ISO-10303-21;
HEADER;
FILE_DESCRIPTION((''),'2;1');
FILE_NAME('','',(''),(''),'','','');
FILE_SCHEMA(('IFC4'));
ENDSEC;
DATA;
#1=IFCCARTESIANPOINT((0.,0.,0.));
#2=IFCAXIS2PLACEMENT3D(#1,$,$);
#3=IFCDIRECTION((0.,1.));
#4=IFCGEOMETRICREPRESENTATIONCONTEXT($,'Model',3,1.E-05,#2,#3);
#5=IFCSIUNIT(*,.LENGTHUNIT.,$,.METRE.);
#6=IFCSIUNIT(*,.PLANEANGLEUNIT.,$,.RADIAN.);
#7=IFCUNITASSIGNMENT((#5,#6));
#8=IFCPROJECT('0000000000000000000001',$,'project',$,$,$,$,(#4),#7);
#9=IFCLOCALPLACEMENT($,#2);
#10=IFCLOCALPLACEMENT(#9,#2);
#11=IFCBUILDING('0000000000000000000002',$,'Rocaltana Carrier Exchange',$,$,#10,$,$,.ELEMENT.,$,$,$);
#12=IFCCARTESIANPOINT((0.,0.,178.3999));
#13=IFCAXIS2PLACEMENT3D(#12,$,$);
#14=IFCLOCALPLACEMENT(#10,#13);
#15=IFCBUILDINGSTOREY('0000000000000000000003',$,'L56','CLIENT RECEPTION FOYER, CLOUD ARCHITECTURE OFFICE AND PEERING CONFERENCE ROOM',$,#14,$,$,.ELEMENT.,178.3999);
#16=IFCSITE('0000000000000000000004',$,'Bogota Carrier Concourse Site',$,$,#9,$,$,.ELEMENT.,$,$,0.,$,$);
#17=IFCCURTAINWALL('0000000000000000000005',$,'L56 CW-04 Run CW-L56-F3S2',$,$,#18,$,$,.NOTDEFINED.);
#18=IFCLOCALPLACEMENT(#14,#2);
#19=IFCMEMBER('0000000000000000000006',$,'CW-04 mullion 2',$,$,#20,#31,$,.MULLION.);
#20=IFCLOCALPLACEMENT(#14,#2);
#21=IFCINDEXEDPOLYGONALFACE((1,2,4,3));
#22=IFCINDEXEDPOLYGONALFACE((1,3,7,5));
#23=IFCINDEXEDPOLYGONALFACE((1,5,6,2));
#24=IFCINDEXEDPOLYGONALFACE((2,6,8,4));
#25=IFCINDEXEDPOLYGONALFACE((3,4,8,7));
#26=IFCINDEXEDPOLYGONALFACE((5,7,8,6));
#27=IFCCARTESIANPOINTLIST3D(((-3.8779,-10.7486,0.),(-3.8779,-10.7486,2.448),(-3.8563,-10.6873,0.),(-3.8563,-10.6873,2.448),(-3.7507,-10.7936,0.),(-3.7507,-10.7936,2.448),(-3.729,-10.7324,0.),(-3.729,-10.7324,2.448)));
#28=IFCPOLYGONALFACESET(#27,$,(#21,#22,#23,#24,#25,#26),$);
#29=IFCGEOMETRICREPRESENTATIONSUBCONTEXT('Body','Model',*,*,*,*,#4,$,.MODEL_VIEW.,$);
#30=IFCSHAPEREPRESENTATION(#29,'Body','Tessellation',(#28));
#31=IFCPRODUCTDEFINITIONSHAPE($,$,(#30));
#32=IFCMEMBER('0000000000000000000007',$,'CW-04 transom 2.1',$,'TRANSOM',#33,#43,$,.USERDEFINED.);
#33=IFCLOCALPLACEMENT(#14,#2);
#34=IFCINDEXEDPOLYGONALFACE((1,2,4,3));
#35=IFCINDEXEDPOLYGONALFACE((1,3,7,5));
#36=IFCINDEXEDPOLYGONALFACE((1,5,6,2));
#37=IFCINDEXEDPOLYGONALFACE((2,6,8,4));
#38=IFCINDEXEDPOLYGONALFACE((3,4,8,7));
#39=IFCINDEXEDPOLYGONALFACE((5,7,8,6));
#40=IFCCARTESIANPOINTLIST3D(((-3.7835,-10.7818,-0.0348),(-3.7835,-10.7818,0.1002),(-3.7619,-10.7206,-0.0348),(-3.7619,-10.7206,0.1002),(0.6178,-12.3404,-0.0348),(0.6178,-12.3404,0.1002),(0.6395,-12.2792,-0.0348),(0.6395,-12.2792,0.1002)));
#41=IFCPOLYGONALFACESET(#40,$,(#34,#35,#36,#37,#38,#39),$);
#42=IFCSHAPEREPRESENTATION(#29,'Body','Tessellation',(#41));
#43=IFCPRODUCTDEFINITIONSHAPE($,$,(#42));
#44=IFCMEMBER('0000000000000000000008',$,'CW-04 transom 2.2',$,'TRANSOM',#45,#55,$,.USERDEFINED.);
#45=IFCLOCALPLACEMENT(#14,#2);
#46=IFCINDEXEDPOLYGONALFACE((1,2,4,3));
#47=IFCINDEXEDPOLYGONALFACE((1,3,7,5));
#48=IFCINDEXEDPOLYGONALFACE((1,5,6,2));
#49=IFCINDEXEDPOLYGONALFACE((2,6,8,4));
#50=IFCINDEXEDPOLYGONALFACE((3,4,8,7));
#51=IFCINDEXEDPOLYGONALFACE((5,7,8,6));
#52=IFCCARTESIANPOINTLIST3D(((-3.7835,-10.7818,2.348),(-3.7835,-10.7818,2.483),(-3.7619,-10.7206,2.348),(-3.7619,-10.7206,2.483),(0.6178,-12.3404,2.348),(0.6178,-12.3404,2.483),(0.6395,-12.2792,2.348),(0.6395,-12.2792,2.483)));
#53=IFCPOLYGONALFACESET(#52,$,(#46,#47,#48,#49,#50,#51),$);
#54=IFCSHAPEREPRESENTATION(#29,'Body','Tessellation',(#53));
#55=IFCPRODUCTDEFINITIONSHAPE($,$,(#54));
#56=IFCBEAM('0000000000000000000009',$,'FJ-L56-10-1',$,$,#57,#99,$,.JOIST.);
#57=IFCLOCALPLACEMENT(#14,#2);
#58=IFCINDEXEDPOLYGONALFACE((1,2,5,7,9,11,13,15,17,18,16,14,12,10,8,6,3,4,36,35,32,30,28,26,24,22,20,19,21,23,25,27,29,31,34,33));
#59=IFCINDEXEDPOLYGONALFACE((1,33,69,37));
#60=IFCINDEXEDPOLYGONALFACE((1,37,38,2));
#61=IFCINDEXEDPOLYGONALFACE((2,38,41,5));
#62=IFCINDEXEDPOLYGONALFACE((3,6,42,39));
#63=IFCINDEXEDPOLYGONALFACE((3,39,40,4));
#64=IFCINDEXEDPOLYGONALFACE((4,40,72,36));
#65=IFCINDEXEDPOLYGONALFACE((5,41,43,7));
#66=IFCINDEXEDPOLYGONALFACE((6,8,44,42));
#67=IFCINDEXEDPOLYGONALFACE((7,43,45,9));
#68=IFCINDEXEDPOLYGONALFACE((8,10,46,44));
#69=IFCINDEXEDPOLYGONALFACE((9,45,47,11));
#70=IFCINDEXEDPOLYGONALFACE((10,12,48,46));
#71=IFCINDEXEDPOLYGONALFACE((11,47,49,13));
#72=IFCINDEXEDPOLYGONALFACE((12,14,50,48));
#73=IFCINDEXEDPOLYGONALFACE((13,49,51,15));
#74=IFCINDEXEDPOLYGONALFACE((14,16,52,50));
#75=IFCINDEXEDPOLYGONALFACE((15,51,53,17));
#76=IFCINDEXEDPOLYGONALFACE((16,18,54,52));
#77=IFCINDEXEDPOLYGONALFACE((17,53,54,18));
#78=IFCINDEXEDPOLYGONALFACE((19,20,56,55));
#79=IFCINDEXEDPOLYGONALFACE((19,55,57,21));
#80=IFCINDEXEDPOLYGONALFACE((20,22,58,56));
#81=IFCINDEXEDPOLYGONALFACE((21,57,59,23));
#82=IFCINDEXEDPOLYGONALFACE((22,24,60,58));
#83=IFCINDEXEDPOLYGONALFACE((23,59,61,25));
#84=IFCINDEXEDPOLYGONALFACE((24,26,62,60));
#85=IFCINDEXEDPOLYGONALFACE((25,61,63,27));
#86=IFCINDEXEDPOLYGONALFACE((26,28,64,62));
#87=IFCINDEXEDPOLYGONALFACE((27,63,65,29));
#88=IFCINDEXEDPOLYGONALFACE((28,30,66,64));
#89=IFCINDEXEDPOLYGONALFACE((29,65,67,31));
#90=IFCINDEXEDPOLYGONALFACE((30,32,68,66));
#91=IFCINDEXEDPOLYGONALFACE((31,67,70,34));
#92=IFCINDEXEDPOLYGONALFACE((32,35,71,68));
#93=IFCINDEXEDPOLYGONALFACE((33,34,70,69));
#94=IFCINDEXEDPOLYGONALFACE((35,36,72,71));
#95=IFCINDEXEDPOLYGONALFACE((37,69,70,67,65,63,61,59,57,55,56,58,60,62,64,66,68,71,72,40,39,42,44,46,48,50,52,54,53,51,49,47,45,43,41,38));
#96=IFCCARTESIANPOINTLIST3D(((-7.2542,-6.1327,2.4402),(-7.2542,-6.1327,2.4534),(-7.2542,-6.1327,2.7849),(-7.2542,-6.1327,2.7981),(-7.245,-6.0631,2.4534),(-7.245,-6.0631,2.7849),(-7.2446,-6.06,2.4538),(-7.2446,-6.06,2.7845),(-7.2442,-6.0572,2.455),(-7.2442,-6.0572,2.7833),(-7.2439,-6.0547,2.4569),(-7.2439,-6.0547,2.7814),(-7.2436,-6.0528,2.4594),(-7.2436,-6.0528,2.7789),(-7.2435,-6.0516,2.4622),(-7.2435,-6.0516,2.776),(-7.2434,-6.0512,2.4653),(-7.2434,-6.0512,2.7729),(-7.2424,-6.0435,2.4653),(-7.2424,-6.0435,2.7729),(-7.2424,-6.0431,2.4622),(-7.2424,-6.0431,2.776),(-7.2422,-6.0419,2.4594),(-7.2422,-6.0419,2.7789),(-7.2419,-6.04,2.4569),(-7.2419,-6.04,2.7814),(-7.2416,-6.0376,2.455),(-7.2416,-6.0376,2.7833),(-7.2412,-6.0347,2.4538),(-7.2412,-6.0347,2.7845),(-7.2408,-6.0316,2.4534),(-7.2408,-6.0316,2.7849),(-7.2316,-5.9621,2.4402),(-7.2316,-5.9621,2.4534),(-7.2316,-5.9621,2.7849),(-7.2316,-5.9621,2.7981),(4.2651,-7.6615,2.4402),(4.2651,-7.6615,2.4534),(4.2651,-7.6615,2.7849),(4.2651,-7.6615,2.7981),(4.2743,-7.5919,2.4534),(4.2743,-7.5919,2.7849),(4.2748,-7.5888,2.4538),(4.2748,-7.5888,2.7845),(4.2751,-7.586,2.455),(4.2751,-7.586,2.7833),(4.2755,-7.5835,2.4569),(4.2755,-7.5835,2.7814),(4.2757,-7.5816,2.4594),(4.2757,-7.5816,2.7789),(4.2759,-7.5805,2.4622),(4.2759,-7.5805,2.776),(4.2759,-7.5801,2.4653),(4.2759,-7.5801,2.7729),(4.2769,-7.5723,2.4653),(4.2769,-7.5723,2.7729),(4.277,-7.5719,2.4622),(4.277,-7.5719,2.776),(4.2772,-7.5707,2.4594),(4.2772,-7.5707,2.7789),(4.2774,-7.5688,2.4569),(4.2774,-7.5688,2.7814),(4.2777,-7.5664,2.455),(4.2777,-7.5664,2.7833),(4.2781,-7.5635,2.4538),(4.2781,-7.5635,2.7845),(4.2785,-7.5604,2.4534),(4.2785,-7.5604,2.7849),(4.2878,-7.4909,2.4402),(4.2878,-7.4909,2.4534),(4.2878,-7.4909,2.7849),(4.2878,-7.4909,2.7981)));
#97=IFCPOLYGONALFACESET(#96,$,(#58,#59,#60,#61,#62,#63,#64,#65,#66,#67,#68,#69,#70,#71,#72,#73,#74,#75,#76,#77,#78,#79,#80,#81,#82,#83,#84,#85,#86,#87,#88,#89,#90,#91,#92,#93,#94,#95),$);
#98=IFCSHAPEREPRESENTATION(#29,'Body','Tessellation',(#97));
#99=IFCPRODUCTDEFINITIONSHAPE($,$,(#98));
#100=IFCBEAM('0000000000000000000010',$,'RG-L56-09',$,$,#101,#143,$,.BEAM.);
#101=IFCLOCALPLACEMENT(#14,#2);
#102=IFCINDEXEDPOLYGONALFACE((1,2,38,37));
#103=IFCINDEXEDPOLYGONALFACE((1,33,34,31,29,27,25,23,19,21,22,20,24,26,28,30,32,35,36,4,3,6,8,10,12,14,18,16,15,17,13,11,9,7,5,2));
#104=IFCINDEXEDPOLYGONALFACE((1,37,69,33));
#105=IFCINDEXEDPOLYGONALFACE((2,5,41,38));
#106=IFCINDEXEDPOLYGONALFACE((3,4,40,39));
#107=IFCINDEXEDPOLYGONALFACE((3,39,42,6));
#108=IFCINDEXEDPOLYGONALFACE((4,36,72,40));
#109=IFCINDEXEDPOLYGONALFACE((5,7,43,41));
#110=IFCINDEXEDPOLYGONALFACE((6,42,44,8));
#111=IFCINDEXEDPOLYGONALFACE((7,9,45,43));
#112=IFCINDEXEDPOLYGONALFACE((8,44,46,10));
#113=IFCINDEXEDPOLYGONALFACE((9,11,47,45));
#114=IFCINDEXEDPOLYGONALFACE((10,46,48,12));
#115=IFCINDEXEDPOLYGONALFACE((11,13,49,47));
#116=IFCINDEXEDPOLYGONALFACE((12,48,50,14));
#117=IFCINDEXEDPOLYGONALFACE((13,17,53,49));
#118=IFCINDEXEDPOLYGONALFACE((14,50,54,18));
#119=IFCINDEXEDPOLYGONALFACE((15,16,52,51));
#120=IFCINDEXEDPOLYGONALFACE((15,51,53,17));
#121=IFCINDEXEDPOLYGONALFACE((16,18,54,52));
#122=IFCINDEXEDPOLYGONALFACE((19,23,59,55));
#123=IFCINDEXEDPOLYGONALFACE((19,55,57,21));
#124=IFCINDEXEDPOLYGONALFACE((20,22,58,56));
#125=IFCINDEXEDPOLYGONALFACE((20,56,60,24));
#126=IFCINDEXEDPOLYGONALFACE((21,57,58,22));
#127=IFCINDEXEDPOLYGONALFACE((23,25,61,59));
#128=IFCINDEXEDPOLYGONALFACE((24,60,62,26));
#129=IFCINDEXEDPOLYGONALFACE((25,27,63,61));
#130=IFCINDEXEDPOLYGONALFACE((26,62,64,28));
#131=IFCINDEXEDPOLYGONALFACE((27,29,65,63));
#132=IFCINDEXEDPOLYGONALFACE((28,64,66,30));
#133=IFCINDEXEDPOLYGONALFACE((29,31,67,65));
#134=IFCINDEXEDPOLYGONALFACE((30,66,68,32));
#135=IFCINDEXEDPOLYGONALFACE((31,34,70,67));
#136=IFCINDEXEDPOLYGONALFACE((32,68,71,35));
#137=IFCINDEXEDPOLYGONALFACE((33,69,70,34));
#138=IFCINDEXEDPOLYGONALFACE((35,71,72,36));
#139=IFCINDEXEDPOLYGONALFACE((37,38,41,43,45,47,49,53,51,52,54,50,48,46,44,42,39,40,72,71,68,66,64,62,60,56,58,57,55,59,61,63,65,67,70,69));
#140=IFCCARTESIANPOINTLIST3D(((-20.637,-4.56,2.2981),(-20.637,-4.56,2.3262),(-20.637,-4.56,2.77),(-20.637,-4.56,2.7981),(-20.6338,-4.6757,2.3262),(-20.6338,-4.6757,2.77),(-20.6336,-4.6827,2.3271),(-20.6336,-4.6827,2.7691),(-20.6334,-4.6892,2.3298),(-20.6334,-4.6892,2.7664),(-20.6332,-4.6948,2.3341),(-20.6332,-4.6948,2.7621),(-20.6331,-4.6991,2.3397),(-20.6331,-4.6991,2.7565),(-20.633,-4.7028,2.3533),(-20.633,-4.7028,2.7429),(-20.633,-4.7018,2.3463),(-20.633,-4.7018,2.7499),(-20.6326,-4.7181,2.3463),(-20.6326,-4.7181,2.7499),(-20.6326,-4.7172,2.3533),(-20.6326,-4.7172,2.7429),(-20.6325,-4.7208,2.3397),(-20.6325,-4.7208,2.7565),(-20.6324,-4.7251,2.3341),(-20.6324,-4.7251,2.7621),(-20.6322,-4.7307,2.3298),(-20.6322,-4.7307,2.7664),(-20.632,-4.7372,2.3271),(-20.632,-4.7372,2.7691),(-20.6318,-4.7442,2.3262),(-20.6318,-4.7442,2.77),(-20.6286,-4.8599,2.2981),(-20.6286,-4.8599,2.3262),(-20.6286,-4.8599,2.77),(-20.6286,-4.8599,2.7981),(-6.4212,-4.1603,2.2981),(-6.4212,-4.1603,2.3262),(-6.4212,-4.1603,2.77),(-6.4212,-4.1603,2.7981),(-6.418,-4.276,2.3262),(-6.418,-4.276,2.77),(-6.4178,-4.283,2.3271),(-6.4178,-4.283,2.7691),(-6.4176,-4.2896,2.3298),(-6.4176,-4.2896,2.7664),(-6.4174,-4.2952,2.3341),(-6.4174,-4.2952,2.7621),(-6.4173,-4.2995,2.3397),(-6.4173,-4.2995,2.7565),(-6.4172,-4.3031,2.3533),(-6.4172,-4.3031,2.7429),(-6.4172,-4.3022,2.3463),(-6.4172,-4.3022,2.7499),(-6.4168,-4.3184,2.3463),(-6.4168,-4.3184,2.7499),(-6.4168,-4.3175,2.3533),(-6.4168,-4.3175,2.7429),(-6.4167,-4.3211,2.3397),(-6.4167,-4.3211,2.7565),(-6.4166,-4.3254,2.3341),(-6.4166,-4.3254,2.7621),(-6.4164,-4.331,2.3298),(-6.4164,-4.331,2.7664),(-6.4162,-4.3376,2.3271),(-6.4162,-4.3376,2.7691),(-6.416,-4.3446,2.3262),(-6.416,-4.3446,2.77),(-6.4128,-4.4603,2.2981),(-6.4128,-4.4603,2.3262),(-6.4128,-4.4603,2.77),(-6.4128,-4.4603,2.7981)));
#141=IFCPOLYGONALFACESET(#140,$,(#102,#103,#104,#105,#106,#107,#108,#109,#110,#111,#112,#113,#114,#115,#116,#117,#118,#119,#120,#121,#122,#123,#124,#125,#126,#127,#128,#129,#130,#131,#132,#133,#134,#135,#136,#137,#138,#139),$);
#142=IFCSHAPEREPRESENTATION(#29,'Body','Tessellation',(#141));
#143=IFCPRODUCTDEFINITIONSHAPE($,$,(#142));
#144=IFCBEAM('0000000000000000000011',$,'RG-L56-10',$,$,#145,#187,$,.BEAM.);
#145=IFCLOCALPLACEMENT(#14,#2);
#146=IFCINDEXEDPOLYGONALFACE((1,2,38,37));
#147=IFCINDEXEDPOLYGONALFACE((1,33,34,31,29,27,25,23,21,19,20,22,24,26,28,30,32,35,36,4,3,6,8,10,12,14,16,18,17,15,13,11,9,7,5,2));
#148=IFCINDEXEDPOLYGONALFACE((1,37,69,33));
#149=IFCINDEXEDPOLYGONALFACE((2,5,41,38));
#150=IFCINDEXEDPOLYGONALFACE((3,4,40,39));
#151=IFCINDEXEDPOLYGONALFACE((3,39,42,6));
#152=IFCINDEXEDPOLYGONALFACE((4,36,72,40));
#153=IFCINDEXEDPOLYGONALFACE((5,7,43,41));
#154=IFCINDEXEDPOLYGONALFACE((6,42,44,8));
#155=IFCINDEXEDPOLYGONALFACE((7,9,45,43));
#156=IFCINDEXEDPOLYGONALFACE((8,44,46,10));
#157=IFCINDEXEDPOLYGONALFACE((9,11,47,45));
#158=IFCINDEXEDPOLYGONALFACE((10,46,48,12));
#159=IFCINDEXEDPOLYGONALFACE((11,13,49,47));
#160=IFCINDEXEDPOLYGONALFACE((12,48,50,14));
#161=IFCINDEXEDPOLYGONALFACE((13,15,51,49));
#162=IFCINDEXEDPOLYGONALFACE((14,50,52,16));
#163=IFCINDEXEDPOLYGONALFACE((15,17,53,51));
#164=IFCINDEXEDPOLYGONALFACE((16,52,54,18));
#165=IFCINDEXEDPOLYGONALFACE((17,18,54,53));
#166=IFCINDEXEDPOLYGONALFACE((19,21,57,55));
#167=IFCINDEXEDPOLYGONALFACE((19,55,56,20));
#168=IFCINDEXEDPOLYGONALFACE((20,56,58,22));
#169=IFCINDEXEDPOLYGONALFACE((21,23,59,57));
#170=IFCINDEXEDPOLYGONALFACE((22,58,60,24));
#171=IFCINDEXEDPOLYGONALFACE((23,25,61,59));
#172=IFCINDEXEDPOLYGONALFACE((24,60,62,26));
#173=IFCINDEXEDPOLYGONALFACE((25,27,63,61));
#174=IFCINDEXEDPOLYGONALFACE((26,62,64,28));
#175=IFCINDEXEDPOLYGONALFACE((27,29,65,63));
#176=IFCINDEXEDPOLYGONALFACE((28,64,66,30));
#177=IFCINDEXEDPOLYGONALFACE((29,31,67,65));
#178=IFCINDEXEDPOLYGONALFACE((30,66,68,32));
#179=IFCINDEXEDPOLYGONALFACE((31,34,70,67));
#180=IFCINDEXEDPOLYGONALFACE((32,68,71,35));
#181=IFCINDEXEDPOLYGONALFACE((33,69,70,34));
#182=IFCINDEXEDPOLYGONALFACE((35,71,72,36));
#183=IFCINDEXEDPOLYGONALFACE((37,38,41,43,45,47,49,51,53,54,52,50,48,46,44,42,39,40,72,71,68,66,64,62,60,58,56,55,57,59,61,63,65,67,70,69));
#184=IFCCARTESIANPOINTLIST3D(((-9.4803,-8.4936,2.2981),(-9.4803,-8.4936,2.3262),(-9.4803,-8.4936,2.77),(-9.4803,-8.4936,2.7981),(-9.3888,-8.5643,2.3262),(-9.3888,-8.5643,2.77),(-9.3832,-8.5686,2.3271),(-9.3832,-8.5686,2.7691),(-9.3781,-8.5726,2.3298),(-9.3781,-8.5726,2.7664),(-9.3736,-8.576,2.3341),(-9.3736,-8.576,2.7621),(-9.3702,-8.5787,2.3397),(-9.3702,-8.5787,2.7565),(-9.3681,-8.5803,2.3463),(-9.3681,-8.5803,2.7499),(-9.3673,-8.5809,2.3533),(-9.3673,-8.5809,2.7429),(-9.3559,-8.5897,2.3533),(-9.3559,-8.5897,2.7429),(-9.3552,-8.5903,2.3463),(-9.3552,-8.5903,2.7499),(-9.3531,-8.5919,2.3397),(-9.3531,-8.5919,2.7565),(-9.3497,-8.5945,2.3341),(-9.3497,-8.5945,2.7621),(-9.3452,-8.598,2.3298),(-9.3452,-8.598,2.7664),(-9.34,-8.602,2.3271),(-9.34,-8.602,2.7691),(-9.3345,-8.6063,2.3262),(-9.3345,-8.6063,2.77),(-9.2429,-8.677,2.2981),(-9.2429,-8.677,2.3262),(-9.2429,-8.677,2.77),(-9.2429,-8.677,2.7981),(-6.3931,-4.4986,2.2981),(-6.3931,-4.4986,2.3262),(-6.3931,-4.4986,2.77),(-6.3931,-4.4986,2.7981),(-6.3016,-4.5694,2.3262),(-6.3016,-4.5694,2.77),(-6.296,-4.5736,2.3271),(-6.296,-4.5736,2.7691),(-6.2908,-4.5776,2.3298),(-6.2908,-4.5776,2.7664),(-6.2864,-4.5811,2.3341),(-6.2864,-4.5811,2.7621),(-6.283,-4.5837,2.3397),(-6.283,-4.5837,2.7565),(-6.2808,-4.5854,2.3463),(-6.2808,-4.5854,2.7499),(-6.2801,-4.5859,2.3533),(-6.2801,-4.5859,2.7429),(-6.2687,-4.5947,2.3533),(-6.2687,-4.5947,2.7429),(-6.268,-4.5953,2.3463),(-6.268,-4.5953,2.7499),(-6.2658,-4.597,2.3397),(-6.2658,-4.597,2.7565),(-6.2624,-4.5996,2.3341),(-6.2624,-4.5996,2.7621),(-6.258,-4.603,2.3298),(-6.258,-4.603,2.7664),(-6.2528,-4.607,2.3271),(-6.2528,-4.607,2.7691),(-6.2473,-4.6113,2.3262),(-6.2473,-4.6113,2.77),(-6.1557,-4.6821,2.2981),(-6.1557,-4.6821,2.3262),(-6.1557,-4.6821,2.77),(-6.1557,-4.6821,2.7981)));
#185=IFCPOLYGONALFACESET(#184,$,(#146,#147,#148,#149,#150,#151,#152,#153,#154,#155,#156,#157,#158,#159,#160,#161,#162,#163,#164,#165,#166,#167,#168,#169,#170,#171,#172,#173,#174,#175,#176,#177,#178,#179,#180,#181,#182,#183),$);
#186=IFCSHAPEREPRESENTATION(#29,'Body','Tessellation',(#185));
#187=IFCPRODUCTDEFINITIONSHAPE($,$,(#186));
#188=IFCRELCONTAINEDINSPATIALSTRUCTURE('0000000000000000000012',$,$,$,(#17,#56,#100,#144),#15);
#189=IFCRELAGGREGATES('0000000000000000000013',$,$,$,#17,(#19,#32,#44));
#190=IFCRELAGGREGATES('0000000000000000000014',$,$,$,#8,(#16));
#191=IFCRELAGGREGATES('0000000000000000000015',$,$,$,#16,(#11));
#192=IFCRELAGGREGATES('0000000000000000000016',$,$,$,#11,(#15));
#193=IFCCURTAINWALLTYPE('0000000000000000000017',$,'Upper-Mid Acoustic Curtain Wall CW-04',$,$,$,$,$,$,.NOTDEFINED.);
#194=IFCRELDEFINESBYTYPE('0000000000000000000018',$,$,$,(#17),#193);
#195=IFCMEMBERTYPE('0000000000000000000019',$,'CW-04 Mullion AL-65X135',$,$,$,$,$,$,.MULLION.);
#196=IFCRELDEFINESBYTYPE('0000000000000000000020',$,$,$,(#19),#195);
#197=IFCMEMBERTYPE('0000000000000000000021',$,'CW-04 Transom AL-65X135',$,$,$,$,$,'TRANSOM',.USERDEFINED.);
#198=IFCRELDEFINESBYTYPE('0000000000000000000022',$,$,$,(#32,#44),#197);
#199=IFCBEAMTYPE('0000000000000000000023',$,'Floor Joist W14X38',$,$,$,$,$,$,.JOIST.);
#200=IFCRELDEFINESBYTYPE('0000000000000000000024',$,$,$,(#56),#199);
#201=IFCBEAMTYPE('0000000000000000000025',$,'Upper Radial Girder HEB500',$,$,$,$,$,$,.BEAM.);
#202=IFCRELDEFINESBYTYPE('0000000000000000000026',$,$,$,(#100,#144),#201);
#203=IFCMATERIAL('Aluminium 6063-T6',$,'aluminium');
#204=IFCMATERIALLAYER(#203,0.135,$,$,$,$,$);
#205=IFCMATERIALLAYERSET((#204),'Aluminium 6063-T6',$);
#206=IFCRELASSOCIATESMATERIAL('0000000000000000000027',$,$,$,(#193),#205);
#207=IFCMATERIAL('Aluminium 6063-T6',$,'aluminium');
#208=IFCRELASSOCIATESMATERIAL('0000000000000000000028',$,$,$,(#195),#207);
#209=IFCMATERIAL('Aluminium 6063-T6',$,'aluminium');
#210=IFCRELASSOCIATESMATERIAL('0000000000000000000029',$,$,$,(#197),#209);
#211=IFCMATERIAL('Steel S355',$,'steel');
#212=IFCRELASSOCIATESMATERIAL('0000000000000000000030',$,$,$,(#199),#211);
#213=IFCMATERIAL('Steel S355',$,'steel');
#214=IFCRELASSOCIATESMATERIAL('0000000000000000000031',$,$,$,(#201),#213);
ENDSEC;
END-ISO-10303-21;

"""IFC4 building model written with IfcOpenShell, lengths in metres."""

from ifc_helpers import new_model, si_unit, direction, frame, origin, origin_2d, place, context, subcontext, project, spatial, rectangle, i_section, extrude, material, layer, layer_set, material_profile, profile_set, type_object, element, aggregate, save


model = new_model("IFC4")

# Units and contexts
model_context = context("Model", 3, precision=1e-05, world=origin(), true_north=direction((0.0, 1.0)))
body_context = subcontext(model_context, "Body", "Model", "MODEL_VIEW")
ifc_project = project(units=[si_unit("LENGTHUNIT", "METRE"), si_unit("PLANEANGLEUNIT", "RADIAN")], contexts=[model_context])

# Site, building, storey
site_placement = place(None, origin())
site = spatial("IfcSite", under=ifc_project, at=site_placement, Name="Bogota Carrier Concourse Site", CompositionType="ELEMENT", RefElevation=0.0)
building_placement = place(site_placement, origin())
building = spatial("IfcBuilding", under=site, at=building_placement, Name="Rocaltana Carrier Exchange", CompositionType="ELEMENT")
storey_placement = place(building_placement, frame((0.0, 0.0, 178.3999)))
storey = spatial("IfcBuildingStorey", under=building, at=storey_placement, Name="L56", Description="CLIENT RECEPTION FOYER, CLOUD ARCHITECTURE OFFICE AND PEERING CONFERENCE ROOM", CompositionType="ELEMENT", Elevation=178.3999)

# Curtain wall, members
ifc_material_1 = material(Name="Aluminium 6063-T6", Category="aluminium")
ifc_layer_1 = layer(ifc_material_1, 0.135)
ifc_layer_set_1 = layer_set([ifc_layer_1], Name="Aluminium 6063-T6")
curtain_wall_type = type_object("IfcCurtainWallType", Name="Upper-Mid Acoustic Curtain Wall CW-04", PredefinedType="NOTDEFINED", material=ifc_layer_set_1)
curtain_wall_placement = place(storey_placement, origin())
curtain_wall = element("IfcCurtainWall", 1, at=curtain_wall_placement, inside=storey, type_object=curtain_wall_type, Name="L56 CW-04 Run CW-L56-F3S2", PredefinedType="NOTDEFINED")
ifc_material_2 = material(Name="Aluminium 6063-T6", Category="aluminium")
ifc_material_profile_1 = material_profile(ifc_material_2, rectangle(XDim=0.0649, YDim=0.135, at=origin_2d()), Name="AL-65X135")
ifc_profile_set_1 = profile_set([ifc_material_profile_1], Name="Aluminium 6063-T6")
member_type_1 = type_object("IfcMemberType", Name="CW-04 Mullion AL-65X135", PredefinedType="MULLION", material=ifc_profile_set_1)
member_1_placement = place(storey_placement, frame((-3.8035, -10.7405, 0.0), z_axis=(0.0, 0.0, 1.0), x_axis=(0.333799, 0.942644, 0.0)))
member_1 = element("IfcMember", 2, at=member_1_placement, type_object=member_type_1, Name="CW-04 mullion 2", PredefinedType="MULLION", context=body_context, shape_type="SweptSolid", body=[
    extrude(rectangle(XDim=0.0649, YDim=0.135, at=origin_2d()), origin(), (0.0, 0.0, 1.0), 2.448),
])
ifc_material_3 = material(Name="Aluminium 6063-T6", Category="aluminium")
ifc_material_profile_2 = material_profile(ifc_material_3, rectangle(XDim=0.0649, YDim=0.135, at=origin_2d()), Name="AL-65X135")
ifc_profile_set_2 = profile_set([ifc_material_profile_2], Name="Aluminium 6063-T6")
member_type_2 = type_object("IfcMemberType", Name="CW-04 Transom AL-65X135", ElementType="TRANSOM", PredefinedType="USERDEFINED", material=ifc_profile_set_2)
member_2_placement = place(storey_placement, frame((-3.7727, -10.7512, 0.0327), z_axis=(0.942642, -0.333805, 0.0), x_axis=(0.333805, 0.942642, 0.0)))
member_2 = element("IfcMember", 3, at=member_2_placement, type_object=member_type_2, Name="CW-04 transom 2.1", ObjectType="TRANSOM", PredefinedType="USERDEFINED", context=body_context, shape_type="SweptSolid", body=[
    extrude(rectangle(XDim=0.0649, YDim=0.135, at=origin_2d()), origin(), (0.0, 0.0, 1.0), 4.6692),
])
member_3_placement = place(storey_placement, frame((-3.7727, -10.7512, 2.4155), z_axis=(0.942642, -0.333805, 0.0), x_axis=(0.333805, 0.942642, 0.0)))
member_3 = element("IfcMember", 4, at=member_3_placement, type_object=member_type_2, Name="CW-04 transom 2.2", ObjectType="TRANSOM", PredefinedType="USERDEFINED", context=body_context, shape_type="SweptSolid", body=[
    extrude(rectangle(XDim=0.0649, YDim=0.135, at=origin_2d()), origin(), (0.0, 0.0, 1.0), 4.6692),
])

# Beams
ifc_material_4 = material(Name="Steel S355", Category="steel")
ifc_material_profile_3 = material_profile(ifc_material_4, i_section(OverallWidth=0.1721, OverallDepth=0.3579, WebThickness=0.0078, FlangeThickness=0.0132, FilletRadius=0.012, at=origin_2d()), Name="W14X38")
ifc_profile_set_3 = profile_set([ifc_material_profile_3], Name="Steel S355")
beam_type_1 = type_object("IfcBeamType", Name="Floor Joist W14X38", PredefinedType="JOIST", material=ifc_profile_set_3)
beam_1_placement = place(storey_placement, frame((-7.2429, -6.0474, 2.6191), z_axis=(0.991308, -0.131564, 0.0), x_axis=(0.131564, 0.991308, 0.0)))
element("IfcBeam", 5, at=beam_1_placement, inside=storey, type_object=beam_type_1, Name="FJ-L56-10-1", PredefinedType="JOIST", context=body_context, shape_type="SweptSolid", body=[
    extrude(i_section(OverallWidth=0.1721, OverallDepth=0.3579, WebThickness=0.0078, FlangeThickness=0.0132, FilletRadius=0.012, at=origin_2d()), origin(), (0.0, 0.0, 1.0), 11.6204),
])
ifc_material_5 = material(Name="Steel S355", Category="steel")
ifc_material_profile_4 = material_profile(ifc_material_5, i_section(OverallWidth=0.3, OverallDepth=0.5, WebThickness=0.0144, FlangeThickness=0.0281, FilletRadius=0.0271, at=origin_2d()), Name="HEB500")
ifc_profile_set_4 = profile_set([ifc_material_profile_4], Name="Steel S355")
beam_type_2 = type_object("IfcBeamType", Name="Upper Radial Girder HEB500", PredefinedType="BEAM", material=ifc_profile_set_4)
beam_2_placement = place(storey_placement, frame((-6.417, -4.3103, 2.5481), z_axis=(-0.999605, -0.028103, 0.0), x_axis=(0.028103, -0.999605, 0.0)))
element("IfcBeam", 6, at=beam_2_placement, inside=storey, type_object=beam_type_2, Name="RG-L56-09", PredefinedType="BEAM", context=body_context, shape_type="SweptSolid", body=[
    extrude(i_section(OverallWidth=0.3, OverallDepth=0.5, WebThickness=0.0144, FlangeThickness=0.0281, FilletRadius=0.0271, at=origin_2d()), origin(), (0.0, 0.0, 1.0), 14.2214),
])
beam_3_placement = place(storey_placement, frame((-6.2744, -4.5903, 2.5481), z_axis=(-0.611474, -0.791265, 0.0), x_axis=(0.791265, -0.611474, 0.0)))
element("IfcBeam", 7, at=beam_3_placement, inside=storey, type_object=beam_type_2, Name="RG-L56-10", PredefinedType="BEAM", context=body_context, shape_type="SweptSolid", body=[
    extrude(i_section(OverallWidth=0.3, OverallDepth=0.5, WebThickness=0.0144, FlangeThickness=0.0281, FilletRadius=0.0271, at=origin_2d()), origin(), (0.0, 0.0, 1.0), 5.0488),
])

aggregate(curtain_wall, [member_1, member_2, member_3])

save(model, "model.ifc")
